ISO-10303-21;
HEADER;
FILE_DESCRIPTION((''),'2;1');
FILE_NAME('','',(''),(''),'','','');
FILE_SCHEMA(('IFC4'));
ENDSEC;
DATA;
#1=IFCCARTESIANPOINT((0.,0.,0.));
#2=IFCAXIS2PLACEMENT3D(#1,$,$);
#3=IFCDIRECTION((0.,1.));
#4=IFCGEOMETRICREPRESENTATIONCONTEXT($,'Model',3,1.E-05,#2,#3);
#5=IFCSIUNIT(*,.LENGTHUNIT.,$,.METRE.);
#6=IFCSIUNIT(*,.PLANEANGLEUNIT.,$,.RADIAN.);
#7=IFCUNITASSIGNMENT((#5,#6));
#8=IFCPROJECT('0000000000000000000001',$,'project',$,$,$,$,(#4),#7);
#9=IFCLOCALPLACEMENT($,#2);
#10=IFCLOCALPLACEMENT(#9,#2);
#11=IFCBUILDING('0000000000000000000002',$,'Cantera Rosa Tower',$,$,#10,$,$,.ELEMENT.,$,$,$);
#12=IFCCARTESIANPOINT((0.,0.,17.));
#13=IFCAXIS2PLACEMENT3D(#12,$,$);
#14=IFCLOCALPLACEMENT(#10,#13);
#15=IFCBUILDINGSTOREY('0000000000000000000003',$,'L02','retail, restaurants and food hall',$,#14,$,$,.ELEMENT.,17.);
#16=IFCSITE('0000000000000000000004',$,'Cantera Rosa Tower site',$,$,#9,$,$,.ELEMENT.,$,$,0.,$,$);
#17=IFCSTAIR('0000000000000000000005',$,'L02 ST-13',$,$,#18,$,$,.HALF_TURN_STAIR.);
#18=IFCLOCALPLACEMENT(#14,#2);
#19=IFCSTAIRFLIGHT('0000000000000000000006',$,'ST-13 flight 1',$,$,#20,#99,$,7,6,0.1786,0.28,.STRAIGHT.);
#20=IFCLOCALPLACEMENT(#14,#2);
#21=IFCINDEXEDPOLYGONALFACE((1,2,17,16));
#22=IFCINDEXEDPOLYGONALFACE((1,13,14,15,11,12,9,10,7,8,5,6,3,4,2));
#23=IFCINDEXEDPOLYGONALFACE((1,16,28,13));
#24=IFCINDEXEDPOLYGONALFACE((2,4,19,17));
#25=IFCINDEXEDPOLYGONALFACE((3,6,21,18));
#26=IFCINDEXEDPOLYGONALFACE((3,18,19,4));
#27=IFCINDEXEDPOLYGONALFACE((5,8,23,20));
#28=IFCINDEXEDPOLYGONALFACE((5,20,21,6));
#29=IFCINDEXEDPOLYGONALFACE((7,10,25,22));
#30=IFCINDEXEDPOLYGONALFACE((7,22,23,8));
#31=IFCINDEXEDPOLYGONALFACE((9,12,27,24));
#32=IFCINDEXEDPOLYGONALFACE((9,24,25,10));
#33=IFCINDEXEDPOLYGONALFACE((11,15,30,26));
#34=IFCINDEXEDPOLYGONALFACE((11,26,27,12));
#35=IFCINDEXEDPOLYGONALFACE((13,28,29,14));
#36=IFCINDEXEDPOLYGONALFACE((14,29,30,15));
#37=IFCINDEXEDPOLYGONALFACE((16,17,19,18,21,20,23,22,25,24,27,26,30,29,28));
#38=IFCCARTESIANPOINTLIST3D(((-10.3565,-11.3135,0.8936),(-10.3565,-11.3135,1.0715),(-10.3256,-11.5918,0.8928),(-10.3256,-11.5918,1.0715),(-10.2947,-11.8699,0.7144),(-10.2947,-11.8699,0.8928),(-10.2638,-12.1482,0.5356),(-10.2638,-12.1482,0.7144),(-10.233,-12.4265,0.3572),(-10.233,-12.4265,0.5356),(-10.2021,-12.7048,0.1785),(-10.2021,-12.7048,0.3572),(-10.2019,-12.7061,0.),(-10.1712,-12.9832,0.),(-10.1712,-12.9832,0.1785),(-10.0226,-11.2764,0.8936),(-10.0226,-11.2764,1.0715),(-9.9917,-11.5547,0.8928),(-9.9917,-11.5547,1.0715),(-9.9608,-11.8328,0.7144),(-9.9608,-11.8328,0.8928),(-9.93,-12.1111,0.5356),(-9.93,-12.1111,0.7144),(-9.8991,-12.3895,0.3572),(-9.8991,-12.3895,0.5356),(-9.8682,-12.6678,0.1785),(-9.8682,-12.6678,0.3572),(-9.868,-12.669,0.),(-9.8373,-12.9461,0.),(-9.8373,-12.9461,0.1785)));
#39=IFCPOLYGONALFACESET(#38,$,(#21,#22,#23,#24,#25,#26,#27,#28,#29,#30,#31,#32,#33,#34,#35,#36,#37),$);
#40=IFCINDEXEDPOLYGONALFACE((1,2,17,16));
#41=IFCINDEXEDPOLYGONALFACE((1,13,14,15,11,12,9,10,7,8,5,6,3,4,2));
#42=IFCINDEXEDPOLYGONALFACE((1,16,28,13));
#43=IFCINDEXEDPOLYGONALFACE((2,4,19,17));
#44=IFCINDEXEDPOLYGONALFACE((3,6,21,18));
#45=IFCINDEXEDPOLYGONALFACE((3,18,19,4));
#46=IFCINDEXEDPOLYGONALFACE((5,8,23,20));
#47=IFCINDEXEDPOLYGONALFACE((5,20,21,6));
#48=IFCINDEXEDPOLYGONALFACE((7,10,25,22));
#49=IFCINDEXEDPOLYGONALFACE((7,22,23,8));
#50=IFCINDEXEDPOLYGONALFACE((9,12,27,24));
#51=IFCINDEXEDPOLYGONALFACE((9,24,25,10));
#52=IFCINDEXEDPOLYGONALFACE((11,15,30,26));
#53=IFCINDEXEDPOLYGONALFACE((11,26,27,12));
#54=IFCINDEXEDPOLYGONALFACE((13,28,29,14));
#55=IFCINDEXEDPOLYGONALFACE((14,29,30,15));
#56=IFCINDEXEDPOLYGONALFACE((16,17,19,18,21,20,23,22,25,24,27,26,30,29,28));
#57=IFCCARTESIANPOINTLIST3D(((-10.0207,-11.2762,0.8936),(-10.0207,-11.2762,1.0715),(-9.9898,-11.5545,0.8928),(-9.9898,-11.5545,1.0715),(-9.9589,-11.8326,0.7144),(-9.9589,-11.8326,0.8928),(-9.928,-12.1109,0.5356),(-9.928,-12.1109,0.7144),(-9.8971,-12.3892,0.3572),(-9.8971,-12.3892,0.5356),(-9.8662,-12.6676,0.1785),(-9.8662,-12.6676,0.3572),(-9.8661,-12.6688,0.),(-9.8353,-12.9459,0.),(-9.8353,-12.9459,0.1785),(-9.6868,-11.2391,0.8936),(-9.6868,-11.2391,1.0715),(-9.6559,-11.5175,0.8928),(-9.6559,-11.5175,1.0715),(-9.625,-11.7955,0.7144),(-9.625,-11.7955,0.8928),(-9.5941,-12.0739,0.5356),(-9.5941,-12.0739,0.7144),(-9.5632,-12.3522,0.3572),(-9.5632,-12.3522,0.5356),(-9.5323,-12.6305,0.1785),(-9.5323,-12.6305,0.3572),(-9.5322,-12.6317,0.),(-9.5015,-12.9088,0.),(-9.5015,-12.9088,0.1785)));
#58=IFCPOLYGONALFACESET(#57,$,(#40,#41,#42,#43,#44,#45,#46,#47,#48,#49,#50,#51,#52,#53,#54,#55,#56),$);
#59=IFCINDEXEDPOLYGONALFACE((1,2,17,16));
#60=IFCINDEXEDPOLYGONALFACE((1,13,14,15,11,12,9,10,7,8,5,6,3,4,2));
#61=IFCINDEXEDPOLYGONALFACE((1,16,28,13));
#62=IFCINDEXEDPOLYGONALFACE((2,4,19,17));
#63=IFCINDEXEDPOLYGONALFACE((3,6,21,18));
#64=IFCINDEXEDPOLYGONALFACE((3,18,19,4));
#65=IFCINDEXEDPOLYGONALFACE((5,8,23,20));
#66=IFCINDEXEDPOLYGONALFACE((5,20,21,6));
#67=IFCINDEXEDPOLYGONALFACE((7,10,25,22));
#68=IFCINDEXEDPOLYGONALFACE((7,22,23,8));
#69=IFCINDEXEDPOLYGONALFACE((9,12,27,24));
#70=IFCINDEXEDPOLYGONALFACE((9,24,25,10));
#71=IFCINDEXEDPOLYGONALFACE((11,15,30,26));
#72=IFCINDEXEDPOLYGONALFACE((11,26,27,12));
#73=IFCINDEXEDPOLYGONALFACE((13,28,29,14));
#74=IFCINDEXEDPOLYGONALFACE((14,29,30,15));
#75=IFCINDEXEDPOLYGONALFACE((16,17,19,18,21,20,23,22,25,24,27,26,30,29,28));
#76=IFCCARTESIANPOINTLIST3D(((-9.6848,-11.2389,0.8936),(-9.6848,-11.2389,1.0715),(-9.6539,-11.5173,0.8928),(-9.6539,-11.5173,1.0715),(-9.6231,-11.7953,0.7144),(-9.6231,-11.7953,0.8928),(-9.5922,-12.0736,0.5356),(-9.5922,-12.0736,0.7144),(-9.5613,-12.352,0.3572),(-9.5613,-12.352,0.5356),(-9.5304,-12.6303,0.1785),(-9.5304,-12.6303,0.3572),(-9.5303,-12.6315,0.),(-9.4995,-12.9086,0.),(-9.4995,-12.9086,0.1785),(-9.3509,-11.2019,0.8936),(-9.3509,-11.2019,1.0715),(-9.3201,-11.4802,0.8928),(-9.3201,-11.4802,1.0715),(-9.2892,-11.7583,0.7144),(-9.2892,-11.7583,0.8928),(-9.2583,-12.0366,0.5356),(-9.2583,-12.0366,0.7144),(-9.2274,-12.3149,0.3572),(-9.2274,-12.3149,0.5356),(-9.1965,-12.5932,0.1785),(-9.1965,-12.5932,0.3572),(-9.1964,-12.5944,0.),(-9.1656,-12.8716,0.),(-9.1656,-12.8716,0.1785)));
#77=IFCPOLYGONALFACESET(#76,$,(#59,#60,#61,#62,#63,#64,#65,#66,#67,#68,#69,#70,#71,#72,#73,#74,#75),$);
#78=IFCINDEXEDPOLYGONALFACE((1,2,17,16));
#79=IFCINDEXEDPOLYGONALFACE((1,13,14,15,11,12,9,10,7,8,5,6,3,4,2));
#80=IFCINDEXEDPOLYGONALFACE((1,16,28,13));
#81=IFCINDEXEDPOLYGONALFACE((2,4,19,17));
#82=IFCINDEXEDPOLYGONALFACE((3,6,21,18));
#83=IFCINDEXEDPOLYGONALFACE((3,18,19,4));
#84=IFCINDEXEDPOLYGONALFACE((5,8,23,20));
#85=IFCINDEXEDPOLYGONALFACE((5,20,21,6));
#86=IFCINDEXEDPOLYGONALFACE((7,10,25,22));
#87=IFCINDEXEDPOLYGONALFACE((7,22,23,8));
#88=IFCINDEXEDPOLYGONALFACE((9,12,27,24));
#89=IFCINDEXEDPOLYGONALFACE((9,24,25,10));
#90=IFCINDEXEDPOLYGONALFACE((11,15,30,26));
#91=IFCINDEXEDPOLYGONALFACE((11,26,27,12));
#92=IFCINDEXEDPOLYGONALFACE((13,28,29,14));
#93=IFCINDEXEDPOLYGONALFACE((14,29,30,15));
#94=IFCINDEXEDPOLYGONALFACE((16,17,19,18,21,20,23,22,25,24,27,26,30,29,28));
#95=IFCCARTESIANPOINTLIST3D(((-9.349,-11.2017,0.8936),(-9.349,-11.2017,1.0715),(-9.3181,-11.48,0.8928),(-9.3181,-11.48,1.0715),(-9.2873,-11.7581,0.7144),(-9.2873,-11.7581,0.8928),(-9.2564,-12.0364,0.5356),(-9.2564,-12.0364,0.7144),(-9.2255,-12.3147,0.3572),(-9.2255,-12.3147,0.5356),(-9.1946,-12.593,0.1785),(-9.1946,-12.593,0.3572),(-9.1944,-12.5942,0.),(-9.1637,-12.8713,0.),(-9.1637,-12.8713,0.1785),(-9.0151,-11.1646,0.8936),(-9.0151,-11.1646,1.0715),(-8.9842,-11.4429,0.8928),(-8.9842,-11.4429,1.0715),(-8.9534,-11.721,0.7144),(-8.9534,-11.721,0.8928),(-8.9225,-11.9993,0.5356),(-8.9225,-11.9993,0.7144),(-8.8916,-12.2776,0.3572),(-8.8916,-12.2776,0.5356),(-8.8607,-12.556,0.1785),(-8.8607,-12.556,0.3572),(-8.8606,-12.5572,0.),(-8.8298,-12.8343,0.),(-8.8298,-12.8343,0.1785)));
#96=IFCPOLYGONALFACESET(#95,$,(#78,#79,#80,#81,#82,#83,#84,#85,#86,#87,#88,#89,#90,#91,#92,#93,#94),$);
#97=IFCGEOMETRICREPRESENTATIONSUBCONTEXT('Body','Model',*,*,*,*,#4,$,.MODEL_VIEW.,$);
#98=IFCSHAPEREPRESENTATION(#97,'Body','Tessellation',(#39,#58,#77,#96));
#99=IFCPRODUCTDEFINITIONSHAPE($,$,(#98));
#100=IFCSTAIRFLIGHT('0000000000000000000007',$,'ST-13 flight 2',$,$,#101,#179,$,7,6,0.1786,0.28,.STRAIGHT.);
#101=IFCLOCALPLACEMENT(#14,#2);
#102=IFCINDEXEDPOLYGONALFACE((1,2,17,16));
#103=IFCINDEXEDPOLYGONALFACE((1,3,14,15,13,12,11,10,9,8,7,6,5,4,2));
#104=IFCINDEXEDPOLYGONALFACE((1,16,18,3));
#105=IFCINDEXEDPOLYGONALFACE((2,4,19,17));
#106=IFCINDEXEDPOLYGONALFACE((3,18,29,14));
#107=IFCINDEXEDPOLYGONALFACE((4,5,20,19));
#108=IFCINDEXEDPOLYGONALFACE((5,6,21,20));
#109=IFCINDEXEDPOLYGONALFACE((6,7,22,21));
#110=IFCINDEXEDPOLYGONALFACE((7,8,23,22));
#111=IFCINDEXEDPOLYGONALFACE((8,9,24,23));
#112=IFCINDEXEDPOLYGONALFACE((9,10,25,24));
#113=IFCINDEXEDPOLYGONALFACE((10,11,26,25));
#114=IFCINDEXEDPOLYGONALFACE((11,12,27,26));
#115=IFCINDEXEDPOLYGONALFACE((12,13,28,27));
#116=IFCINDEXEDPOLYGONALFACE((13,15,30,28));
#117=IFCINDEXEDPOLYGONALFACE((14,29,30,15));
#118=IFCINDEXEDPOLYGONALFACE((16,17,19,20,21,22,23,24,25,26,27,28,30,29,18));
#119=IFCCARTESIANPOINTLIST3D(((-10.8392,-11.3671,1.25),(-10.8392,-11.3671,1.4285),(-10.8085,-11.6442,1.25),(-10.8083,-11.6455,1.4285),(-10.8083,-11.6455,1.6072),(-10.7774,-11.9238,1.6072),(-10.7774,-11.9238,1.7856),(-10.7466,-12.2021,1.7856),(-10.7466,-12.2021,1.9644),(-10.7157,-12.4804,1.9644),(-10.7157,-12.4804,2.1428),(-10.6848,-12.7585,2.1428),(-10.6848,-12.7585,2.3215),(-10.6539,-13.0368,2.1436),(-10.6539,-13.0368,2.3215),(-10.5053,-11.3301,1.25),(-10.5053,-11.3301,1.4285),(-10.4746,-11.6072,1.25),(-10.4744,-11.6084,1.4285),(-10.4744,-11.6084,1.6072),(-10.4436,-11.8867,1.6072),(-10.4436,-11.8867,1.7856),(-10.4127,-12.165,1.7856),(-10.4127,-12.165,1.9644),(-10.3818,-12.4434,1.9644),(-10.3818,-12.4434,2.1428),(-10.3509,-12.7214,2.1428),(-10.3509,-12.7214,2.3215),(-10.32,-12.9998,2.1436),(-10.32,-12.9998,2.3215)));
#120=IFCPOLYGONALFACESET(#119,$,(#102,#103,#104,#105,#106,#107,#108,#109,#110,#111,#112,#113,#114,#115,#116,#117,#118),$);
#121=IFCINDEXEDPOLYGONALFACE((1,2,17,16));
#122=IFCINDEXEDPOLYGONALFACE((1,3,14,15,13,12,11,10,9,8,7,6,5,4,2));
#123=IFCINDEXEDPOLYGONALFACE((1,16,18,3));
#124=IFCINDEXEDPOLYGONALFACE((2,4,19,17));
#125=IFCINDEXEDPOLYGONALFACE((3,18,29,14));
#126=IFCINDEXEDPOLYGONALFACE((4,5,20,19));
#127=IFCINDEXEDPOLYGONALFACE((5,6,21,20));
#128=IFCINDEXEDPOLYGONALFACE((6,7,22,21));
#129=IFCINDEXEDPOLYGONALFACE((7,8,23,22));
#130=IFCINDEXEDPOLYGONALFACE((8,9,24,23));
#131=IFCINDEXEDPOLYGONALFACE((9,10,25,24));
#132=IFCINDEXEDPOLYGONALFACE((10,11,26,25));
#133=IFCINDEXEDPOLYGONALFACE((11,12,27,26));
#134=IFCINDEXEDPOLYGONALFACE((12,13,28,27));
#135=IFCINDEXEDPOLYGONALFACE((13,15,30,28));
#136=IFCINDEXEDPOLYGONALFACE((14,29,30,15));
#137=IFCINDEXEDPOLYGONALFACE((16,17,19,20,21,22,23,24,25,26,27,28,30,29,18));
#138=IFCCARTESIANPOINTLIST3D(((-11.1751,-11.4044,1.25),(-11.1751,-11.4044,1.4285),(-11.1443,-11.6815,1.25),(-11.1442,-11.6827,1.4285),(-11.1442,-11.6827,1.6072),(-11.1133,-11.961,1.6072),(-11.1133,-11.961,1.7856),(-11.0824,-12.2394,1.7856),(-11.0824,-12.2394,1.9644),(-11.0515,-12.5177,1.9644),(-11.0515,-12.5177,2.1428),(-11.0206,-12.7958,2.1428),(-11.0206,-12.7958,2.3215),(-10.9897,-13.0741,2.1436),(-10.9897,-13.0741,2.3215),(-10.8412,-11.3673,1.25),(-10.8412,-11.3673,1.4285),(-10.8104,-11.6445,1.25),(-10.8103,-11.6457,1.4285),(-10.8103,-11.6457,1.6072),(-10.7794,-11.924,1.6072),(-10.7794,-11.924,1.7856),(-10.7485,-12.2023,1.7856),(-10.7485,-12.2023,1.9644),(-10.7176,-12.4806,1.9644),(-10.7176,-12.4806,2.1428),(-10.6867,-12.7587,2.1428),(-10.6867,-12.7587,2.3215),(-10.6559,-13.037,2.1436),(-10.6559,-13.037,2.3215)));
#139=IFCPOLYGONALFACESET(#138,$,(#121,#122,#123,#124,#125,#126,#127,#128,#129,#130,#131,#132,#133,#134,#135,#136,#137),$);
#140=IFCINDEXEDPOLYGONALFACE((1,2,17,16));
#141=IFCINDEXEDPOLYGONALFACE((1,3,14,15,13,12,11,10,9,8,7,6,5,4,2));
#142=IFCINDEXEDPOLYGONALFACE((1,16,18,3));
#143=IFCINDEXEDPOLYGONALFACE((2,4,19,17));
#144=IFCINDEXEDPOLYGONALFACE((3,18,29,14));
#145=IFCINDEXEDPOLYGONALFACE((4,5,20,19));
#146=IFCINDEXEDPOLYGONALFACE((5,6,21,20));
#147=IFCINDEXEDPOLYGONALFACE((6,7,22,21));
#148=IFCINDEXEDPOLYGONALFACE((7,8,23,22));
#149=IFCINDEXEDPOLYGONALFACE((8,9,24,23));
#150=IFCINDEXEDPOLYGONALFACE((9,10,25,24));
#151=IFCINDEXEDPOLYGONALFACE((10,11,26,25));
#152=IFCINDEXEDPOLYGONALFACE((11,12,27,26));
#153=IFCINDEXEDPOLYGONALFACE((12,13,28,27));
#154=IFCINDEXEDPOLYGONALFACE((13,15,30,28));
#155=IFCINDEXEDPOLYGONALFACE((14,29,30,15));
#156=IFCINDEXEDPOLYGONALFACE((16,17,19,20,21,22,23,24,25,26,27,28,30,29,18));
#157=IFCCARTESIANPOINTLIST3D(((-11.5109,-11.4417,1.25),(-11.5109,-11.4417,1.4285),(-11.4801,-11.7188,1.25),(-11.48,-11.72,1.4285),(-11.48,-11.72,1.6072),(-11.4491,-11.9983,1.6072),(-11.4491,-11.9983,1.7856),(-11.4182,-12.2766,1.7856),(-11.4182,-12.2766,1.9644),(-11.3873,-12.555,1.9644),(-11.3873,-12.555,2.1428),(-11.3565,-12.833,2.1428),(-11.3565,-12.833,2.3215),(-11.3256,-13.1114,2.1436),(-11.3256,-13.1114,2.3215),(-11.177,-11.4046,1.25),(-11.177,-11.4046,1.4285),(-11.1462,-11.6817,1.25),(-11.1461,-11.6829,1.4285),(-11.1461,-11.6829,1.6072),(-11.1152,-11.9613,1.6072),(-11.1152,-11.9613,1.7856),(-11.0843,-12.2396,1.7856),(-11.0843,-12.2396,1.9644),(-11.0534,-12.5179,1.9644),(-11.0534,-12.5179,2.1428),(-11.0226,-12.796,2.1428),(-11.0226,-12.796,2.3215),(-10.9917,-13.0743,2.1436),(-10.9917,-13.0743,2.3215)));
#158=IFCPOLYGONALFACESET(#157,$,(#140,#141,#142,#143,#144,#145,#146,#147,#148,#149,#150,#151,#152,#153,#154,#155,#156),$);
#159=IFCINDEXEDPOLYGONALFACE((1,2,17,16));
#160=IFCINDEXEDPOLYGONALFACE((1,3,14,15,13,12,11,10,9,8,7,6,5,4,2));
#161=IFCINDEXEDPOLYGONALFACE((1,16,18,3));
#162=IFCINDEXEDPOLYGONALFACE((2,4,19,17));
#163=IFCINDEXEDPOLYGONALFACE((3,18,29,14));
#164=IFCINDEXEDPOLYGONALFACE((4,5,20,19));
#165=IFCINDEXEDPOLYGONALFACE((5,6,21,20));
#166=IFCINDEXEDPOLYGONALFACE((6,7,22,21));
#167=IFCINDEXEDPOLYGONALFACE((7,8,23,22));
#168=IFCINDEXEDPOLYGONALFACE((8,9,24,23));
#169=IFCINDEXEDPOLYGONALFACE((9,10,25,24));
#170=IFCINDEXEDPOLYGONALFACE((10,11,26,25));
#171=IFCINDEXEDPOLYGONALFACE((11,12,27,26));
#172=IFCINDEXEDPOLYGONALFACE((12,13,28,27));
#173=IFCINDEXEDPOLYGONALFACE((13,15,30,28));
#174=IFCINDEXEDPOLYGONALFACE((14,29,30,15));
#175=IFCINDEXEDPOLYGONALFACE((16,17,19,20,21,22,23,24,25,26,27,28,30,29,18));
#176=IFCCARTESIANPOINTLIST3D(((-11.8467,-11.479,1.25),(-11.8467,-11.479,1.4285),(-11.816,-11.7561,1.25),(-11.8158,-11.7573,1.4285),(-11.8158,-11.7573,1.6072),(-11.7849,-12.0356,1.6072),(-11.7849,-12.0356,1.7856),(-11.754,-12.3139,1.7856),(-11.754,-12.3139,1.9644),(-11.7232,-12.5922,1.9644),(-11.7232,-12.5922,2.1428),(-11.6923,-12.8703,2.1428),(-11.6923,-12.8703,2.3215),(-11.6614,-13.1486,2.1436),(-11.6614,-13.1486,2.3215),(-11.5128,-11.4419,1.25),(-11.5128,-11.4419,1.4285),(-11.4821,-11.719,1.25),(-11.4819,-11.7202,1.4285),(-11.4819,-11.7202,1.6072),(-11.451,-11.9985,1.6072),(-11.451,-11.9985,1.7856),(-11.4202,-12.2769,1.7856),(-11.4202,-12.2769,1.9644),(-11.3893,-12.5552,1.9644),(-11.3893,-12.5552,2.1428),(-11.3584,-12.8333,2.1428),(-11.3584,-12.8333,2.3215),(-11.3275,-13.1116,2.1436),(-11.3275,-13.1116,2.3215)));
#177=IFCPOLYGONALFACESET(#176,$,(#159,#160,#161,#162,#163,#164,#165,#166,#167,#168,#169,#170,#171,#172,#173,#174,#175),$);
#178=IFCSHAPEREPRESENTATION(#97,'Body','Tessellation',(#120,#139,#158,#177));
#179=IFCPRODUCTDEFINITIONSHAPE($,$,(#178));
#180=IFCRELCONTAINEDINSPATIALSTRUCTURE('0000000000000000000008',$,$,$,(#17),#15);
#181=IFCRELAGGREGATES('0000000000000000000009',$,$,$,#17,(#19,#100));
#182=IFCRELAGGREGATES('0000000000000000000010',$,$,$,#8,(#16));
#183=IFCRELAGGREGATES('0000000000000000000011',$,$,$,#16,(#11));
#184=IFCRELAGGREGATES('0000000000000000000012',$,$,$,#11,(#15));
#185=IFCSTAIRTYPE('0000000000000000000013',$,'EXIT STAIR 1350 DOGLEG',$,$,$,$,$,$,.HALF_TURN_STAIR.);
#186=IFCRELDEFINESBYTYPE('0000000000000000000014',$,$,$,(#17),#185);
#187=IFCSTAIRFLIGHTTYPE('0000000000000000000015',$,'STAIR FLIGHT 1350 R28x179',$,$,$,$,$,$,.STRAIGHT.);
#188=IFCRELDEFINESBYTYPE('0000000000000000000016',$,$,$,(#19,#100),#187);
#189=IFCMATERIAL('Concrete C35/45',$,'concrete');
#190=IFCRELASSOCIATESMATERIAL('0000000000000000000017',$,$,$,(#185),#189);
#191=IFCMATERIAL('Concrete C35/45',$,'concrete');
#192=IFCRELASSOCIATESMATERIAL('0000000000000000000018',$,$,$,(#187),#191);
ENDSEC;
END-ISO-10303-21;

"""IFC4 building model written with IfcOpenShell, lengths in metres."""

from ifc_helpers import new_model, si_unit, direction, frame, origin, place, context, subcontext, project, spatial, polyline, outline, extrude, material, type_object, element, aggregate, save


model = new_model("IFC4")

# Units and contexts
model_context = context("Model", 3, precision=1e-05, world=origin(), true_north=direction((0.0, 1.0)))
body_context = subcontext(model_context, "Body", "Model", "MODEL_VIEW")
ifc_project = project(units=[si_unit("LENGTHUNIT", "METRE"), si_unit("PLANEANGLEUNIT", "RADIAN")], contexts=[model_context])

# Site, building, storey
site_placement = place(None, origin())
site = spatial("IfcSite", under=ifc_project, at=site_placement, Name="Cantera Rosa Tower site", CompositionType="ELEMENT", RefElevation=0.0)
building_placement = place(site_placement, origin())
building = spatial("IfcBuilding", under=site, at=building_placement, Name="Cantera Rosa Tower", CompositionType="ELEMENT")
storey_placement = place(building_placement, frame((0.0, 0.0, 17.0)))
storey = spatial("IfcBuildingStorey", under=building, at=storey_placement, Name="L02", Description="retail, restaurants and food hall", CompositionType="ELEMENT", Elevation=17.0)

# Stair, stair flights
ifc_material_1 = material(Name="Concrete C35/45", Category="concrete")
stair_type = type_object("IfcStairType", Name="EXIT STAIR 1350 DOGLEG", PredefinedType="HALF_TURN_STAIR", material=ifc_material_1)
stair_placement = place(storey_placement, origin())
stair = element("IfcStair", 1, at=stair_placement, inside=storey, type_object=stair_type, Name="L02 ST-13", PredefinedType="HALF_TURN_STAIR")
ifc_material_2 = material(Name="Concrete C35/45", Category="concrete")
stair_flight_type = type_object("IfcStairFlightType", Name="STAIR FLIGHT 1350 R28x179", PredefinedType="STRAIGHT", material=ifc_material_2)
stair_flight_1_placement = place(storey_placement, frame((-9.5002, -12.9087, 0.0), z_axis=(0.0, 0.0, 1.0), x_axis=(-0.110313, 0.993897, 0.0)))
stair_flight_1 = element("IfcStairFlight", 2, at=stair_flight_1_placement, type_object=stair_flight_type, Name="ST-13 flight 1", NumberOfRisers=7, NumberOfTreads=6, PredefinedType="STRAIGHT", RiserHeight=0.1786, TreadLength=0.28, context=body_context, shape_type="SweptSolid", body=[
    extrude(outline(polyline([(0.0, 0.0), (0.0, 0.1785), (0.28, 0.1785), (0.28, 0.3572), (0.5601, 0.3572), (0.5601, 0.5356), (0.8401, 0.5356), (0.8401, 0.7144), (1.1201, 0.7144), (1.1201, 0.8928), (1.3999, 0.8928), (1.3999, 1.0715), (1.6799, 1.0715), (1.6799, 1.25), (1.6799, 0.8936), (0.2788, 0.0), (0.0, 0.0)])), frame((0.0, 0.675, 0.0), z_axis=(0.0, -1.0, 0.0), x_axis=(1.0, 0.0, 0.0)), (0.0, 0.0, 1.0), 0.3359),
    extrude(outline(polyline([(0.0, 0.0), (0.0, 0.1785), (0.28, 0.1785), (0.28, 0.3572), (0.5601, 0.3572), (0.5601, 0.5356), (0.8401, 0.5356), (0.8401, 0.7144), (1.1201, 0.7144), (1.1201, 0.8928), (1.3999, 0.8928), (1.3999, 1.0715), (1.6799, 1.0715), (1.6799, 1.25), (1.6799, 0.8936), (0.2788, 0.0), (0.0, 0.0)])), frame((0.0, 0.3372, 0.0), z_axis=(0.0, -1.0, 0.0), x_axis=(1.0, 0.0, 0.0)), (0.0, 0.0, 1.0), 0.3359),
    extrude(outline(polyline([(0.0, 0.0), (0.0, 0.1785), (0.28, 0.1785), (0.28, 0.3572), (0.5601, 0.3572), (0.5601, 0.5356), (0.8401, 0.5356), (0.8401, 0.7144), (1.1201, 0.7144), (1.1201, 0.8928), (1.3999, 0.8928), (1.3999, 1.0715), (1.6799, 1.0715), (1.6799, 1.25), (1.6799, 0.8936), (0.2788, 0.0), (0.0, 0.0)])), frame((0.0, -0.0007, 0.0), z_axis=(0.0, -1.0, 0.0), x_axis=(1.0, 0.0, 0.0)), (0.0, 0.0, 1.0), 0.3359),
    extrude(outline(polyline([(0.0, 0.0), (0.0, 0.1785), (0.28, 0.1785), (0.28, 0.3572), (0.5601, 0.3572), (0.5601, 0.5356), (0.8401, 0.5356), (0.8401, 0.7144), (1.1201, 0.7144), (1.1201, 0.8928), (1.3999, 0.8928), (1.3999, 1.0715), (1.6799, 1.0715), (1.6799, 1.25), (1.6799, 0.8936), (0.2788, 0.0), (0.0, 0.0)])), frame((0.0, -0.3386, 0.0), z_axis=(0.0, -1.0, 0.0), x_axis=(1.0, 0.0, 0.0)), (0.0, 0.0, 1.0), 0.3359),
])
stair_flight_2_placement = place(storey_placement, frame((-11.1763, -11.4045, 1.25), z_axis=(0.0, 0.0, 1.0), x_axis=(0.110313, -0.993897, 0.0)))
stair_flight_2 = element("IfcStairFlight", 3, at=stair_flight_2_placement, type_object=stair_flight_type, Name="ST-13 flight 2", NumberOfRisers=7, NumberOfTreads=6, PredefinedType="STRAIGHT", RiserHeight=0.1786, TreadLength=0.28, context=body_context, shape_type="SweptSolid", body=[
    extrude(outline(polyline([(0.0, 0.0), (0.0, 0.1785), (0.28, 0.1785), (0.28, 0.3572), (0.5601, 0.3572), (0.5601, 0.5356), (0.8401, 0.5356), (0.8401, 0.7144), (1.1201, 0.7144), (1.1201, 0.8928), (1.3999, 0.8928), (1.3999, 1.0715), (1.6799, 1.0715), (1.6799, 1.25), (1.6799, 0.8936), (0.2788, 0.0), (0.0, 0.0)])), frame((0.0, 0.675, 0.0), z_axis=(0.0, -1.0, 0.0), x_axis=(1.0, 0.0, 0.0)), (0.0, 0.0, 1.0), 0.3359),
    extrude(outline(polyline([(0.0, 0.0), (0.0, 0.1785), (0.28, 0.1785), (0.28, 0.3572), (0.5601, 0.3572), (0.5601, 0.5356), (0.8401, 0.5356), (0.8401, 0.7144), (1.1201, 0.7144), (1.1201, 0.8928), (1.3999, 0.8928), (1.3999, 1.0715), (1.6799, 1.0715), (1.6799, 1.25), (1.6799, 0.8936), (0.2788, 0.0), (0.0, 0.0)])), frame((0.0, 0.3372, 0.0), z_axis=(0.0, -1.0, 0.0), x_axis=(1.0, 0.0, 0.0)), (0.0, 0.0, 1.0), 0.3359),
    extrude(outline(polyline([(0.0, 0.0), (0.0, 0.1785), (0.28, 0.1785), (0.28, 0.3572), (0.5601, 0.3572), (0.5601, 0.5356), (0.8401, 0.5356), (0.8401, 0.7144), (1.1201, 0.7144), (1.1201, 0.8928), (1.3999, 0.8928), (1.3999, 1.0715), (1.6799, 1.0715), (1.6799, 1.25), (1.6799, 0.8936), (0.2788, 0.0), (0.0, 0.0)])), frame((0.0, -0.0007, 0.0), z_axis=(0.0, -1.0, 0.0), x_axis=(1.0, 0.0, 0.0)), (0.0, 0.0, 1.0), 0.3359),
    extrude(outline(polyline([(0.0, 0.0), (0.0, 0.1785), (0.28, 0.1785), (0.28, 0.3572), (0.5601, 0.3572), (0.5601, 0.5356), (0.8401, 0.5356), (0.8401, 0.7144), (1.1201, 0.7144), (1.1201, 0.8928), (1.3999, 0.8928), (1.3999, 1.0715), (1.6799, 1.0715), (1.6799, 1.25), (1.6799, 0.8936), (0.2788, 0.0), (0.0, 0.0)])), frame((0.0, -0.3386, 0.0), z_axis=(0.0, -1.0, 0.0), x_axis=(1.0, 0.0, 0.0)), (0.0, 0.0, 1.0), 0.3359),
])
aggregate(stair, [stair_flight_1, stair_flight_2])

save(model, "model.ifc")
